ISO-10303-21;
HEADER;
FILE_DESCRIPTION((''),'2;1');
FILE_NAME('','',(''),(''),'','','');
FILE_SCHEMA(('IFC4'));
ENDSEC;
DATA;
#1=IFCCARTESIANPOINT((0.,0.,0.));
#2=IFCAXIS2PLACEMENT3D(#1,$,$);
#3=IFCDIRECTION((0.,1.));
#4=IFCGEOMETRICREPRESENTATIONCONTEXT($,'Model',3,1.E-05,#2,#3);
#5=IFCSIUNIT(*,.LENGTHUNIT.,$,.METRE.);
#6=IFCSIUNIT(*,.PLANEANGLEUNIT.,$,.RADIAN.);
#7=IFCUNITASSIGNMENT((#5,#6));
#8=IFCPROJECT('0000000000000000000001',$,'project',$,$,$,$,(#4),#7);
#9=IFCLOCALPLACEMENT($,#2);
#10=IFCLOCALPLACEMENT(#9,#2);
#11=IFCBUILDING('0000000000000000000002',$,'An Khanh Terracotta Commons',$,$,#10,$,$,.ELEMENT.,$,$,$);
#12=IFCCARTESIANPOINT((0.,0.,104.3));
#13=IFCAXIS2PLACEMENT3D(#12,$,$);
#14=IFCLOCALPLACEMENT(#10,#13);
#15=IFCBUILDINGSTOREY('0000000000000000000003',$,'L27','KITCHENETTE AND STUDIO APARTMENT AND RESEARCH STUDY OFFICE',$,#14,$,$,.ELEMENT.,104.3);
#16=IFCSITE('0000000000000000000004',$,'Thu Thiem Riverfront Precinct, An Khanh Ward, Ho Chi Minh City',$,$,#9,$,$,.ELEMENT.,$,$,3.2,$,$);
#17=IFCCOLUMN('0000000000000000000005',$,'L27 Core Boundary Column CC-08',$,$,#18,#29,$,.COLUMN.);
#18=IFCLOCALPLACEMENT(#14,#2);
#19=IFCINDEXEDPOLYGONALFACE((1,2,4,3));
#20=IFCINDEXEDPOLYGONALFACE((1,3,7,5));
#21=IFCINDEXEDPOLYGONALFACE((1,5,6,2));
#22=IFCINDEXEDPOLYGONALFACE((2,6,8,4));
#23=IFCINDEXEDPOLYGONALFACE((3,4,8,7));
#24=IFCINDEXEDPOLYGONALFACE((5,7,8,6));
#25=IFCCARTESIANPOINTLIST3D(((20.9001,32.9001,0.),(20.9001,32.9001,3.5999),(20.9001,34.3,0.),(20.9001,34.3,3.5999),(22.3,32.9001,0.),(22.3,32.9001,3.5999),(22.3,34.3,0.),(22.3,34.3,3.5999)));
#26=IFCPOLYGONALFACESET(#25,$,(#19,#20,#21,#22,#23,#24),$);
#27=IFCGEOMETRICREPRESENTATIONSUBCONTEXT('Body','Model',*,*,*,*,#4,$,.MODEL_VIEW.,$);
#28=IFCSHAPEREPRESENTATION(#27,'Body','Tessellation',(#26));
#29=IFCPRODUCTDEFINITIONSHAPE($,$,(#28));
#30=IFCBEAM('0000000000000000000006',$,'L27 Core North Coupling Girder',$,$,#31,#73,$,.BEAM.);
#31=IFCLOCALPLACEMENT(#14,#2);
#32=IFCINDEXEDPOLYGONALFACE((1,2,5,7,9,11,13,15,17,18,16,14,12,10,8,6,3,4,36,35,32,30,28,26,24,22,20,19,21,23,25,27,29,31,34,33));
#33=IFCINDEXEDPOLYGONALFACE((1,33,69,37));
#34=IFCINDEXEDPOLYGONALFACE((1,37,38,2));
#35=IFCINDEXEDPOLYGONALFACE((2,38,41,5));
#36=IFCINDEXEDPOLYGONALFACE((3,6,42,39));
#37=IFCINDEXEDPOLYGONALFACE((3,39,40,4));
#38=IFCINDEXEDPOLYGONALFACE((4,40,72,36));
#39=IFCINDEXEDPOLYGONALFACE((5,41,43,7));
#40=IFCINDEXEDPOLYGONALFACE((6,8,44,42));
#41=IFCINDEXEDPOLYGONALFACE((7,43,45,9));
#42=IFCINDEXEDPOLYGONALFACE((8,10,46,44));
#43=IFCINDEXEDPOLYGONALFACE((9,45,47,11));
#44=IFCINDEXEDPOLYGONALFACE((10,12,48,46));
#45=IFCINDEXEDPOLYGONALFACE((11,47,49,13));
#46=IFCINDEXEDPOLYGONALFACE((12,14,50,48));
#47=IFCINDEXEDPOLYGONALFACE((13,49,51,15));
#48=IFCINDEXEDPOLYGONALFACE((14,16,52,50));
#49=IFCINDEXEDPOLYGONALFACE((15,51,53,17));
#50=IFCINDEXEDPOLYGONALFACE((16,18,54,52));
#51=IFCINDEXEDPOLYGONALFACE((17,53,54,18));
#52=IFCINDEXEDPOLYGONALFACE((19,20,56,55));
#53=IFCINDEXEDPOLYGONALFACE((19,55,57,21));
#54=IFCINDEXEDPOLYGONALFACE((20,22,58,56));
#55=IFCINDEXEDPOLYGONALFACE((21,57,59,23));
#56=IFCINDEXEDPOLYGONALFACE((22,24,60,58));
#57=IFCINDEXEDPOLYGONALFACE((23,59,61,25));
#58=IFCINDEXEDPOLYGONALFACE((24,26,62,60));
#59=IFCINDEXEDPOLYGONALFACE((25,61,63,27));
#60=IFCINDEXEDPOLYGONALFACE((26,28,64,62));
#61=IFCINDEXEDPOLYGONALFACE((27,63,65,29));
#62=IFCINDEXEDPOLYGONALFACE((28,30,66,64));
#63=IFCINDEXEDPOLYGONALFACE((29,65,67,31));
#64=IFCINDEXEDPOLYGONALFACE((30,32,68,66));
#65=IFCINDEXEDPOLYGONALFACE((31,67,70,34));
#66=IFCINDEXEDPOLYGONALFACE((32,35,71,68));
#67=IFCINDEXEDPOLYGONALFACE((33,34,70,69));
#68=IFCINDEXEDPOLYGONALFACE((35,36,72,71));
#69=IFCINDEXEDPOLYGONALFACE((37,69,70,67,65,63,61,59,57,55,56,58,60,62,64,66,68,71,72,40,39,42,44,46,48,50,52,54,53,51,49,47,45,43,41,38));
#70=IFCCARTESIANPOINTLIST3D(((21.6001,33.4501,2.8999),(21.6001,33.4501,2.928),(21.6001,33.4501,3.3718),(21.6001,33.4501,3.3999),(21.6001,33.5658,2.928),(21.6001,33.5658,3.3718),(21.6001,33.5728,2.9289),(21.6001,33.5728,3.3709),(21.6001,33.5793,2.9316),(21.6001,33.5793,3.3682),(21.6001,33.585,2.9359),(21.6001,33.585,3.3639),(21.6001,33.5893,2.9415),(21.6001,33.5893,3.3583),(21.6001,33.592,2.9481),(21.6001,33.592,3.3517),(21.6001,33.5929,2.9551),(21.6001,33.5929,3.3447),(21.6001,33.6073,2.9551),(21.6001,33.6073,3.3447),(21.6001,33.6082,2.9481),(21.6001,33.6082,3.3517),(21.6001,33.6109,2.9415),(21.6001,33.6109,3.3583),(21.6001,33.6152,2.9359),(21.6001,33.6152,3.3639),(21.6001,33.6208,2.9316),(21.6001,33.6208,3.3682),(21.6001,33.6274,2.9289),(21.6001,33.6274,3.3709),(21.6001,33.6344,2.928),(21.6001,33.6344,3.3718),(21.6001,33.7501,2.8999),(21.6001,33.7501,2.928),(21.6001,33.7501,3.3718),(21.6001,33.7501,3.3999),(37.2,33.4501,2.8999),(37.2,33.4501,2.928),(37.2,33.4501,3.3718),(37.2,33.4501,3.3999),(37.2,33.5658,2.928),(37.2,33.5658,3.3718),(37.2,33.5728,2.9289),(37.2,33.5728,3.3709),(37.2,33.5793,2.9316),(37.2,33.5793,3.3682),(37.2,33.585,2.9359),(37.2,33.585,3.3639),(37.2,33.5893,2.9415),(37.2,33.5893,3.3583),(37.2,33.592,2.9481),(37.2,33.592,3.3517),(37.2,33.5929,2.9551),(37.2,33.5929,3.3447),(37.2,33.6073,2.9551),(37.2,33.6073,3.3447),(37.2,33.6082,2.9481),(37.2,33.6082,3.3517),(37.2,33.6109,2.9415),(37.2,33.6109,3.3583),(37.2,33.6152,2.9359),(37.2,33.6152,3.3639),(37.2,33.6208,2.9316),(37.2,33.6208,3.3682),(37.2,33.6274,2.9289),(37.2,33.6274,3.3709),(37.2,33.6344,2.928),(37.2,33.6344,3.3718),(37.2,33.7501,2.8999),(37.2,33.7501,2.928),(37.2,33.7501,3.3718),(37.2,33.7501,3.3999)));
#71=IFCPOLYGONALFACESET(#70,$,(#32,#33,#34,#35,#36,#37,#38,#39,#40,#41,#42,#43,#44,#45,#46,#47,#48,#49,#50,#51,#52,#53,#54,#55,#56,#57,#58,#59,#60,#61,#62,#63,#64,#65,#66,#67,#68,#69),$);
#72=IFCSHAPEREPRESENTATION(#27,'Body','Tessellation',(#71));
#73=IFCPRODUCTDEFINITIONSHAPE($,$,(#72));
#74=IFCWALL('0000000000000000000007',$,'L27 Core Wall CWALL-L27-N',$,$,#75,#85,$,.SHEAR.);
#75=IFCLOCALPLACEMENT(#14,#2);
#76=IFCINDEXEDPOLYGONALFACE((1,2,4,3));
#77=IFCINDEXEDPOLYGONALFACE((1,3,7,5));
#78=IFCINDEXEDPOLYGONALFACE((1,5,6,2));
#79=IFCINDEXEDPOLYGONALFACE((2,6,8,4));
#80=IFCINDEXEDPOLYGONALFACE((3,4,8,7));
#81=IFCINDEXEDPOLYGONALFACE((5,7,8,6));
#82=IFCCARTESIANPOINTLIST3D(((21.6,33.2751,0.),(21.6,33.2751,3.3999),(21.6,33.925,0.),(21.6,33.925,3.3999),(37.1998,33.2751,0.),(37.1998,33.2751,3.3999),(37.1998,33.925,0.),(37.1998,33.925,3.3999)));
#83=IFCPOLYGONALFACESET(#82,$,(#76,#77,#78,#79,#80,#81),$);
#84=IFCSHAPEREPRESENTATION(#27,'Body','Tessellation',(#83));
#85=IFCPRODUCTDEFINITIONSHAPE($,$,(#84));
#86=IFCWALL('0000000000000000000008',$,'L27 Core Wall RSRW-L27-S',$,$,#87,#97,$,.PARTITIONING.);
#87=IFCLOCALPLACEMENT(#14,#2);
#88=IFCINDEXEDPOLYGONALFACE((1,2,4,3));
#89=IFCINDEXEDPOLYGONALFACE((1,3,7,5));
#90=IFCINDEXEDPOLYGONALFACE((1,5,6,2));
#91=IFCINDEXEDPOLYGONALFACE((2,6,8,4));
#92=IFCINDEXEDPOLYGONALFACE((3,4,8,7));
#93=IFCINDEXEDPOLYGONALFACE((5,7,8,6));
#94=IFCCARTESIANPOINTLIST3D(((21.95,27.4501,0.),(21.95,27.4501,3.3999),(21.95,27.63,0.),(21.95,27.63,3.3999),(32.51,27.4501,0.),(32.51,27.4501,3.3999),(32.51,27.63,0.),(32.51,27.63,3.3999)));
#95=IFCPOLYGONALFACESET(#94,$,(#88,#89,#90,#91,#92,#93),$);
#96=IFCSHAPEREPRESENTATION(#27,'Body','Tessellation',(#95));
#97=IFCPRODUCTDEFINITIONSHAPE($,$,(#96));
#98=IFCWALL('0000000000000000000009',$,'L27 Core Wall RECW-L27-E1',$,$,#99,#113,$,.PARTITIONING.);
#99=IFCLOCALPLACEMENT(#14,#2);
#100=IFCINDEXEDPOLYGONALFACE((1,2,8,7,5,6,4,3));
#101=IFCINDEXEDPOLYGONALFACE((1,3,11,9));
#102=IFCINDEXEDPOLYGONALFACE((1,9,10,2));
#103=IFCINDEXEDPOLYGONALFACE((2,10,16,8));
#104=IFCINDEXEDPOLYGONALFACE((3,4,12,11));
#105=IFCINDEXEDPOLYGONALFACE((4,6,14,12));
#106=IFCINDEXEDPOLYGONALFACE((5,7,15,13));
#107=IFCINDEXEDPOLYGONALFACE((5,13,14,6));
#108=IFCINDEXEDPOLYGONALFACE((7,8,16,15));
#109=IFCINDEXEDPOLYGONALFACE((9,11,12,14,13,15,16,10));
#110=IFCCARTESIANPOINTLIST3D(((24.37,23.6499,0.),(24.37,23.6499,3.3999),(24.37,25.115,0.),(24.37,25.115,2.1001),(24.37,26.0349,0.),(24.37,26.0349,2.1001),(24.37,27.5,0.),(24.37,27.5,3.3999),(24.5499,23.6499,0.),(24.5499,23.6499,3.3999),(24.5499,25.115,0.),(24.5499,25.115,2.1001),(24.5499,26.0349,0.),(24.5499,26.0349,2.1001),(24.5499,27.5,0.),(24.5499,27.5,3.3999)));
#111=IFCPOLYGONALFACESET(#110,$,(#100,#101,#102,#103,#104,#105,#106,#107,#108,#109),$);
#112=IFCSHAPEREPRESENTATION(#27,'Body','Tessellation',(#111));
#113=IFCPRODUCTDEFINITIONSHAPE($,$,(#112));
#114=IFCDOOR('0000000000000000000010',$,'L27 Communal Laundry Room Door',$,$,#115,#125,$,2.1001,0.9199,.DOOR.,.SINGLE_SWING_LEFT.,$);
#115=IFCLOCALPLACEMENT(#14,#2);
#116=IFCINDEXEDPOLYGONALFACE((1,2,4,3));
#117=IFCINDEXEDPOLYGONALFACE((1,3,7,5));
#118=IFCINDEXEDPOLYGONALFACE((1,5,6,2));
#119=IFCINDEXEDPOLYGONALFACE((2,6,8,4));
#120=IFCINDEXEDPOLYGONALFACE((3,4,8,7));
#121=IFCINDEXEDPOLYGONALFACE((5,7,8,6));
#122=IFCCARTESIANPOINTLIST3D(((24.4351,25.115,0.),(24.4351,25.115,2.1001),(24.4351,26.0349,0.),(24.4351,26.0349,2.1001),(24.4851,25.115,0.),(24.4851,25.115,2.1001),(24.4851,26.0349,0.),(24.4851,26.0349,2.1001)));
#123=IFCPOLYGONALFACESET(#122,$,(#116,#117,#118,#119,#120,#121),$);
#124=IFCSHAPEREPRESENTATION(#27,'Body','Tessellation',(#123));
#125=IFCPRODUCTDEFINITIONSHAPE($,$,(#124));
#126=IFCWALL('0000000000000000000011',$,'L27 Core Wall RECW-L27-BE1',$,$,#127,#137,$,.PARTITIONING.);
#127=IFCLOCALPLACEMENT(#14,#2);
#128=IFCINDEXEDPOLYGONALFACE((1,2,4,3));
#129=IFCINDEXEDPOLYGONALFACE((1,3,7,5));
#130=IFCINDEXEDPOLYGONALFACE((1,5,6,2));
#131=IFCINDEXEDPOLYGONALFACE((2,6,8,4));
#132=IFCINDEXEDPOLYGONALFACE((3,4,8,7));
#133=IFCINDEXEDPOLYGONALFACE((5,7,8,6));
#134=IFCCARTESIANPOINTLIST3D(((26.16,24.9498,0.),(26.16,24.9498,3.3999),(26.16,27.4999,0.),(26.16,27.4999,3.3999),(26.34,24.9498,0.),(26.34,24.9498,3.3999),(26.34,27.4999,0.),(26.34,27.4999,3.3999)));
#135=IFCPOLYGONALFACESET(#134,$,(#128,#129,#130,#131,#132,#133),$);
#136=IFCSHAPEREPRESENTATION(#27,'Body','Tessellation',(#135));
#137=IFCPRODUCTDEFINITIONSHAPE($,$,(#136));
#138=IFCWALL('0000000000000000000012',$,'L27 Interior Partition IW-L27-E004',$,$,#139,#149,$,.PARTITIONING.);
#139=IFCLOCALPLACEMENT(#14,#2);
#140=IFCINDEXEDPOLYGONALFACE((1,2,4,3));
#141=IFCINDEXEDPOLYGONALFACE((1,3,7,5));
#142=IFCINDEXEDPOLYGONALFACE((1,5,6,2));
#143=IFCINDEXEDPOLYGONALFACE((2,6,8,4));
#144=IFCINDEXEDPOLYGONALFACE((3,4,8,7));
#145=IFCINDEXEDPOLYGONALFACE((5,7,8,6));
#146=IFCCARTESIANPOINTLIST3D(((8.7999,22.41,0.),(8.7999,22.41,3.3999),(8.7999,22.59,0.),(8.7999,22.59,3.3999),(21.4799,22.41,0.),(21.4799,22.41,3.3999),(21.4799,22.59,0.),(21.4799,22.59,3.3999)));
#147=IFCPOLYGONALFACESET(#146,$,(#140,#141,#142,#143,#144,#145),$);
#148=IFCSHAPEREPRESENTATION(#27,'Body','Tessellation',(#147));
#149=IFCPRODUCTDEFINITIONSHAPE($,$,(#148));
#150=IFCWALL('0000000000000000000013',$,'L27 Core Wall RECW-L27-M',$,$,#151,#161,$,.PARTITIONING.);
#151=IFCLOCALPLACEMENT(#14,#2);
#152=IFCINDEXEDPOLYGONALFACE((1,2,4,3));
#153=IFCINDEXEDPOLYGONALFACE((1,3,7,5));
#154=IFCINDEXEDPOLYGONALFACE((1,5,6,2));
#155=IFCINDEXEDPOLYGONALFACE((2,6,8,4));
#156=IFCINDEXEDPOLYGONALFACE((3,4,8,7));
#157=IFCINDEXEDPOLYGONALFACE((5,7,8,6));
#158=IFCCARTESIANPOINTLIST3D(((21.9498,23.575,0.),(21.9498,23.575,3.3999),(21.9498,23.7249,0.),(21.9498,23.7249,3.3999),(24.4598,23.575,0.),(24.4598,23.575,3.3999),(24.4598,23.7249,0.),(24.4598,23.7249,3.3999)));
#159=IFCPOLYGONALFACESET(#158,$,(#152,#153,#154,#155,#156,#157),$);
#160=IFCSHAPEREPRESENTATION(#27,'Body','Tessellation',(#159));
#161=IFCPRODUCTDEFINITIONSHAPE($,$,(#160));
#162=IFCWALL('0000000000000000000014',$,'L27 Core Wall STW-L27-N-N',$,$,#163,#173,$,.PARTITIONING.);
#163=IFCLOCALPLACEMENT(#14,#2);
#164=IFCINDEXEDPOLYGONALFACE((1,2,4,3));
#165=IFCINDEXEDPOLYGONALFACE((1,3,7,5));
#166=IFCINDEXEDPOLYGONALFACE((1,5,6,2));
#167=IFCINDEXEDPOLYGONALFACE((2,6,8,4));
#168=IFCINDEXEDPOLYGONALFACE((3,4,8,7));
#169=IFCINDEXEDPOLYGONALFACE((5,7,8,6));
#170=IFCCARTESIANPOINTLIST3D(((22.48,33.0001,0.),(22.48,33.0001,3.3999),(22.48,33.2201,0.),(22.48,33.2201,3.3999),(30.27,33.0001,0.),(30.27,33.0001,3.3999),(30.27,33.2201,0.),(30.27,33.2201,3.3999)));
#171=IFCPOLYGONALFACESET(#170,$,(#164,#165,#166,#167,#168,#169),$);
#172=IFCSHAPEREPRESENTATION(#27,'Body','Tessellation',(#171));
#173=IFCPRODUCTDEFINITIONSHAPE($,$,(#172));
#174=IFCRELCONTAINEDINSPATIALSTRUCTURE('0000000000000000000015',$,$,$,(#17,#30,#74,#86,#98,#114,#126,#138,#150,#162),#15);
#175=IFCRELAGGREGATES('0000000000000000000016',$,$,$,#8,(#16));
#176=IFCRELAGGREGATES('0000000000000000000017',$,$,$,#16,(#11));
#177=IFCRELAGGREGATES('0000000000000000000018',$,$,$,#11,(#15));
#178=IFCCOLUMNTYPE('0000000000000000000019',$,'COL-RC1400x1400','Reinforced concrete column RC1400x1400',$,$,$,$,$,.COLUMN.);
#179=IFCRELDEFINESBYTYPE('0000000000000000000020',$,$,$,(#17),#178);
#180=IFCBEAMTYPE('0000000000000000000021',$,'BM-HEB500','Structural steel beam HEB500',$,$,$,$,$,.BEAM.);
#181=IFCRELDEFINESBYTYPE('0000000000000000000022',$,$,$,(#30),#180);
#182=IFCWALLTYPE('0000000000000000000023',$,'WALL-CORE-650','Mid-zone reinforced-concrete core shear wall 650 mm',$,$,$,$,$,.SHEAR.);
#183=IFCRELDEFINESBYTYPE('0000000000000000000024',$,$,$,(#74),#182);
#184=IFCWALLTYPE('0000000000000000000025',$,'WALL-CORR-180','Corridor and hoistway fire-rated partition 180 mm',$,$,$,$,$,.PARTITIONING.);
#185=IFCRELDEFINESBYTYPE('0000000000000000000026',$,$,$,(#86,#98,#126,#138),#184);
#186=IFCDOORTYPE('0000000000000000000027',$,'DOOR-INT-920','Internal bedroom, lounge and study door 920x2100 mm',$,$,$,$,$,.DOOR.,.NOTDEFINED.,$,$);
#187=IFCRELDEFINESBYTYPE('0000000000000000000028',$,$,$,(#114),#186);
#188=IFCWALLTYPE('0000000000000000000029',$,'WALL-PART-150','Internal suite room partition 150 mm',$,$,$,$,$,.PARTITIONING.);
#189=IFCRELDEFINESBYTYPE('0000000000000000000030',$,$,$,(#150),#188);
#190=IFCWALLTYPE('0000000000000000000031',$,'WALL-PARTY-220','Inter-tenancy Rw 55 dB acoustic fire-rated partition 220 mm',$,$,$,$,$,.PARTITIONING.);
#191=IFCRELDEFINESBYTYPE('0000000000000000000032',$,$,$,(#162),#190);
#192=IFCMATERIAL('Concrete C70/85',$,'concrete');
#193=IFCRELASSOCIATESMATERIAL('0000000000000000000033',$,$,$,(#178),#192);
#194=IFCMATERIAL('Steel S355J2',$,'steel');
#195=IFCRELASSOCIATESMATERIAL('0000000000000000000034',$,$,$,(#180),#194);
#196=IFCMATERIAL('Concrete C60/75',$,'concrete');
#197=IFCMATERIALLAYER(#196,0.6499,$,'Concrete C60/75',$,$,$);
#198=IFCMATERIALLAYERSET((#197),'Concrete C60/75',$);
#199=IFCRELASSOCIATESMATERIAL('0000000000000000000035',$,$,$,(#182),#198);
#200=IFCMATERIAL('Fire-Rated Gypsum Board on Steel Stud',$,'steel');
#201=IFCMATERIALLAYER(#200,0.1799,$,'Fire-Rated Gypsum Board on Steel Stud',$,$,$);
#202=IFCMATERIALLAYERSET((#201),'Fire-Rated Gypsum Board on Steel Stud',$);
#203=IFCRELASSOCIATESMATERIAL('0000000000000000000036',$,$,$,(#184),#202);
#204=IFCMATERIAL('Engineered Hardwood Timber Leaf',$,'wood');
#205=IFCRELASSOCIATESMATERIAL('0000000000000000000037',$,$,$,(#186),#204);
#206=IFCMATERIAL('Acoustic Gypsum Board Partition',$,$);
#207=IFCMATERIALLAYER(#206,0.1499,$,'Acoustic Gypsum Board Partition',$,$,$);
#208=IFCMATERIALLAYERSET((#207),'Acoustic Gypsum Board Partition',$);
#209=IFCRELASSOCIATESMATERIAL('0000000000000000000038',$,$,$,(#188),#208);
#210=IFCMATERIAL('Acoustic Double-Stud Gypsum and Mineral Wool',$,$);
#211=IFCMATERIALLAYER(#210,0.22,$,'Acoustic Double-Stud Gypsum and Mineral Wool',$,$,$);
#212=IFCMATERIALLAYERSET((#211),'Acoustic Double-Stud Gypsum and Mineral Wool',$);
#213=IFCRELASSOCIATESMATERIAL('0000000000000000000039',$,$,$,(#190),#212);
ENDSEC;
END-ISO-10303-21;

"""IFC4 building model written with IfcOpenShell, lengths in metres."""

from ifc_helpers import new_model, si_unit, direction, frame, frame_2d, origin, origin_2d, place, context, subcontext, project, spatial, rectangle, i_section, extrude, material, layer, layer_set, material_profile, profile_set, type_object, element, fill, save


model = new_model("IFC4")

# Units and contexts
model_context = context("Model", 3, precision=1e-05, world=origin(), true_north=direction((0.0, 1.0)))
body_context = subcontext(model_context, "Body", "Model", "MODEL_VIEW")
ifc_project = project(units=[si_unit("LENGTHUNIT", "METRE"), si_unit("PLANEANGLEUNIT", "RADIAN")], contexts=[model_context])

# Site, building, storey
site_placement = place(None, origin())
site = spatial("IfcSite", under=ifc_project, at=site_placement, Name="Thu Thiem Riverfront Precinct, An Khanh Ward, Ho Chi Minh City", CompositionType="ELEMENT", RefElevation=3.2)
building_placement = place(site_placement, origin())
building = spatial("IfcBuilding", under=site, at=building_placement, Name="An Khanh Terracotta Commons", CompositionType="ELEMENT")
storey_placement = place(building_placement, frame((0.0, 0.0, 104.3)))
storey = spatial("IfcBuildingStorey", under=building, at=storey_placement, Name="L27", Description="KITCHENETTE AND STUDIO APARTMENT AND RESEARCH STUDY OFFICE", CompositionType="ELEMENT", Elevation=104.3)

# Column
ifc_material_1 = material(Name="Concrete C70/85", Category="concrete")
ifc_material_profile_1 = material_profile(ifc_material_1, rectangle(XDim=1.3999, YDim=1.3999, at=origin_2d()), Name="RC1400x1400")
ifc_profile_set_1 = profile_set([ifc_material_profile_1], Name="Concrete C70/85")
column_type = type_object("IfcColumnType", Name="COL-RC1400x1400", Description="Reinforced concrete column RC1400x1400", PredefinedType="COLUMN", material=ifc_profile_set_1)
column_placement = place(storey_placement, frame((21.6001, 33.6001, 0.0), z_axis=(0.0, 0.0, 1.0), x_axis=(1.0, 0.0, 0.0)))
element("IfcColumn", 1, at=column_placement, inside=storey, type_object=column_type, Name="L27 Core Boundary Column CC-08", PredefinedType="COLUMN", context=body_context, shape_type="SweptSolid", body=[
    extrude(rectangle(XDim=1.3999, YDim=1.3999, at=origin_2d()), origin(), (0.0, 0.0, 1.0), 3.5999),
])

# Beam
ifc_material_2 = material(Name="Steel S355J2", Category="steel")
ifc_material_profile_2 = material_profile(ifc_material_2, i_section(OverallWidth=0.3, OverallDepth=0.5, WebThickness=0.0144, FlangeThickness=0.0281, FilletRadius=0.0271, at=origin_2d()), Name="HEB500")
ifc_profile_set_2 = profile_set([ifc_material_profile_2], Name="Steel S355J2")
beam_type = type_object("IfcBeamType", Name="BM-HEB500", Description="Structural steel beam HEB500", PredefinedType="BEAM", material=ifc_profile_set_2)
beam_placement = place(storey_placement, frame((21.6001, 33.6001, 3.1499), z_axis=(1.0, 0.0, 0.0), x_axis=(0.0, 1.0, 0.0)))
element("IfcBeam", 2, at=beam_placement, inside=storey, type_object=beam_type, Name="L27 Core North Coupling Girder", PredefinedType="BEAM", context=body_context, shape_type="SweptSolid", body=[
    extrude(i_section(OverallWidth=0.3, OverallDepth=0.5, WebThickness=0.0144, FlangeThickness=0.0281, FilletRadius=0.0271, at=origin_2d()), origin(), (0.0, 0.0, 1.0), 15.5999),
])

# Walls
ifc_material_3 = material(Name="Concrete C60/75", Category="concrete")
ifc_layer_1 = layer(ifc_material_3, 0.6499, Name="Concrete C60/75")
ifc_layer_set_1 = layer_set([ifc_layer_1], Name="Concrete C60/75")
wall_type_1 = type_object("IfcWallType", Name="WALL-CORE-650", Description="Mid-zone reinforced-concrete core shear wall 650 mm", PredefinedType="SHEAR", material=ifc_layer_set_1)
wall_1_placement = place(storey_placement, frame((21.6001, 33.6001, 0.0), z_axis=(0.0, 0.0, 1.0), x_axis=(1.0, 0.0, 0.0)))
element("IfcWall", 3, at=wall_1_placement, inside=storey, type_object=wall_type_1, Name="L27 Core Wall CWALL-L27-N", PredefinedType="SHEAR", context=body_context, shape_type="SweptSolid", body=[
    extrude(rectangle(XDim=15.5999, YDim=0.6499, at=frame_2d((7.7998, 0.0))), origin(), (0.0, 0.0, 1.0), 3.3999),
])
ifc_material_4 = material(Name="Fire-Rated Gypsum Board on Steel Stud", Category="steel")
ifc_layer_2 = layer(ifc_material_4, 0.1799, Name="Fire-Rated Gypsum Board on Steel Stud")
ifc_layer_set_2 = layer_set([ifc_layer_2], Name="Fire-Rated Gypsum Board on Steel Stud")
wall_type_2 = type_object("IfcWallType", Name="WALL-CORR-180", Description="Corridor and hoistway fire-rated partition 180 mm", PredefinedType="PARTITIONING", material=ifc_layer_set_2)
wall_2_placement = place(storey_placement, frame((21.95, 27.54, 0.0), z_axis=(0.0, 0.0, 1.0), x_axis=(1.0, 0.0, 0.0)))
element("IfcWall", 4, at=wall_2_placement, inside=storey, type_object=wall_type_2, Name="L27 Core Wall RSRW-L27-S", PredefinedType="PARTITIONING", context=body_context, shape_type="SweptSolid", body=[
    extrude(rectangle(XDim=10.5601, YDim=0.1799, at=frame_2d((5.28, 0.0))), origin(), (0.0, 0.0, 1.0), 3.3999),
])

# Wall, opening, door
wall_3_placement = place(storey_placement, frame((24.46, 23.6499, 0.0), z_axis=(0.0, 0.0, 1.0), x_axis=(0.0, 1.0, 0.0)))
wall_3 = element("IfcWall", 5, at=wall_3_placement, inside=storey, type_object=wall_type_2, Name="L27 Core Wall RECW-L27-E1", PredefinedType="PARTITIONING", context=body_context, shape_type="SweptSolid", body=[
    extrude(rectangle(XDim=3.8501, YDim=0.1799, at=frame_2d((1.925, 0.0))), origin(), (0.0, 0.0, 1.0), 3.3999),
])
opening_1_placement = place(wall_3_placement, frame((1.4651, 0.0, 0.0)))
opening_1 = element("IfcOpeningElement", 6, at=opening_1_placement, cuts=wall_3, PredefinedType="OPENING", context=body_context, shape_type="SweptSolid", body=[
    extrude(rectangle(XDim=0.9199, YDim=2.1001, at=frame_2d((0.46, 1.05))), frame((0.0, 0.0999, 0.0), z_axis=(0.0, -1.0, 0.0), x_axis=(1.0, 0.0, 0.0)), (0.0, 0.0, 1.0), 0.2),
])
ifc_material_5 = material(Name="Engineered Hardwood Timber Leaf", Category="wood")
door_type_1 = type_object("IfcDoorType", Name="DOOR-INT-920", Description="Internal bedroom, lounge and study door 920x2100 mm", OperationType="NOTDEFINED", PredefinedType="DOOR", material=ifc_material_5)
door_1_placement = place(opening_1_placement, origin())
door_1 = element("IfcDoor", 7, at=door_1_placement, inside=storey, type_object=door_type_1, Name="L27 Communal Laundry Room Door", OperationType="SINGLE_SWING_LEFT", OverallHeight=2.1001, OverallWidth=0.9199, PredefinedType="DOOR", context=body_context, shape_type="SweptSolid", body=[
    extrude(rectangle(XDim=0.9199, YDim=2.1001, at=frame_2d((0.46, 1.05))), frame((0.0, 0.0249, 0.0), z_axis=(0.0, -1.0, 0.0), x_axis=(1.0, 0.0, 0.0)), (0.0, 0.0, 1.0), 0.05),
])
fill(opening_1, door_1)

# Walls
wall_4_placement = place(storey_placement, frame((26.25, 24.95, 0.0), z_axis=(0.0, 0.0, 1.0), x_axis=(0.0, 1.0, 0.0)))
element("IfcWall", 8, at=wall_4_placement, inside=storey, type_object=wall_type_2, Name="L27 Core Wall RECW-L27-BE1", PredefinedType="PARTITIONING", context=body_context, shape_type="SweptSolid", body=[
    extrude(rectangle(XDim=2.55, YDim=0.1799, at=frame_2d((1.2749, 0.0))), origin(), (0.0, 0.0, 1.0), 3.3999),
])
wall_5_placement = place(storey_placement, frame((8.8, 22.5, 0.0), z_axis=(0.0, 0.0, 1.0), x_axis=(1.0, 0.0, 0.0)))
element("IfcWall", 9, at=wall_5_placement, inside=storey, type_object=wall_type_2, Name="L27 Interior Partition IW-L27-E004", PredefinedType="PARTITIONING", context=body_context, shape_type="SweptSolid", body=[
    extrude(rectangle(XDim=12.6799, YDim=0.1799, at=frame_2d((6.3398, 0.0))), origin(), (0.0, 0.0, 1.0), 3.3999),
])
ifc_material_6 = material(Name="Acoustic Gypsum Board Partition")
ifc_layer_3 = layer(ifc_material_6, 0.1499, Name="Acoustic Gypsum Board Partition")
ifc_layer_set_3 = layer_set([ifc_layer_3], Name="Acoustic Gypsum Board Partition")
wall_type_3 = type_object("IfcWallType", Name="WALL-PART-150", Description="Internal suite room partition 150 mm", PredefinedType="PARTITIONING", material=ifc_layer_set_3)
wall_6_placement = place(storey_placement, frame((21.95, 23.6499, 0.0), z_axis=(0.0, 0.0, 1.0), x_axis=(1.0, 0.0, 0.0)))
element("IfcWall", 10, at=wall_6_placement, inside=storey, type_object=wall_type_3, Name="L27 Core Wall RECW-L27-M", PredefinedType="PARTITIONING", context=body_context, shape_type="SweptSolid", body=[
    extrude(rectangle(XDim=2.51, YDim=0.1499, at=frame_2d((1.2549, 0.0))), origin(), (0.0, 0.0, 1.0), 3.3999),
])
ifc_material_7 = material(Name="Acoustic Double-Stud Gypsum and Mineral Wool")
ifc_layer_4 = layer(ifc_material_7, 0.22, Name="Acoustic Double-Stud Gypsum and Mineral Wool")
ifc_layer_set_4 = layer_set([ifc_layer_4], Name="Acoustic Double-Stud Gypsum and Mineral Wool")
wall_type_4 = type_object("IfcWallType", Name="WALL-PARTY-220", Description="Inter-tenancy Rw 55 dB acoustic fire-rated partition 220 mm", PredefinedType="PARTITIONING", material=ifc_layer_set_4)
wall_7_placement = place(storey_placement, frame((22.48, 33.1101, 0.0), z_axis=(0.0, 0.0, 1.0), x_axis=(1.0, 0.0, 0.0)))
element("IfcWall", 11, at=wall_7_placement, inside=storey, type_object=wall_type_4, Name="L27 Core Wall STW-L27-N-N", PredefinedType="PARTITIONING", context=body_context, shape_type="SweptSolid", body=[
    extrude(rectangle(XDim=7.79, YDim=0.22, at=frame_2d((3.895, 0.0))), origin(), (0.0, 0.0, 1.0), 3.3999),
])

save(model, "model.ifc")
